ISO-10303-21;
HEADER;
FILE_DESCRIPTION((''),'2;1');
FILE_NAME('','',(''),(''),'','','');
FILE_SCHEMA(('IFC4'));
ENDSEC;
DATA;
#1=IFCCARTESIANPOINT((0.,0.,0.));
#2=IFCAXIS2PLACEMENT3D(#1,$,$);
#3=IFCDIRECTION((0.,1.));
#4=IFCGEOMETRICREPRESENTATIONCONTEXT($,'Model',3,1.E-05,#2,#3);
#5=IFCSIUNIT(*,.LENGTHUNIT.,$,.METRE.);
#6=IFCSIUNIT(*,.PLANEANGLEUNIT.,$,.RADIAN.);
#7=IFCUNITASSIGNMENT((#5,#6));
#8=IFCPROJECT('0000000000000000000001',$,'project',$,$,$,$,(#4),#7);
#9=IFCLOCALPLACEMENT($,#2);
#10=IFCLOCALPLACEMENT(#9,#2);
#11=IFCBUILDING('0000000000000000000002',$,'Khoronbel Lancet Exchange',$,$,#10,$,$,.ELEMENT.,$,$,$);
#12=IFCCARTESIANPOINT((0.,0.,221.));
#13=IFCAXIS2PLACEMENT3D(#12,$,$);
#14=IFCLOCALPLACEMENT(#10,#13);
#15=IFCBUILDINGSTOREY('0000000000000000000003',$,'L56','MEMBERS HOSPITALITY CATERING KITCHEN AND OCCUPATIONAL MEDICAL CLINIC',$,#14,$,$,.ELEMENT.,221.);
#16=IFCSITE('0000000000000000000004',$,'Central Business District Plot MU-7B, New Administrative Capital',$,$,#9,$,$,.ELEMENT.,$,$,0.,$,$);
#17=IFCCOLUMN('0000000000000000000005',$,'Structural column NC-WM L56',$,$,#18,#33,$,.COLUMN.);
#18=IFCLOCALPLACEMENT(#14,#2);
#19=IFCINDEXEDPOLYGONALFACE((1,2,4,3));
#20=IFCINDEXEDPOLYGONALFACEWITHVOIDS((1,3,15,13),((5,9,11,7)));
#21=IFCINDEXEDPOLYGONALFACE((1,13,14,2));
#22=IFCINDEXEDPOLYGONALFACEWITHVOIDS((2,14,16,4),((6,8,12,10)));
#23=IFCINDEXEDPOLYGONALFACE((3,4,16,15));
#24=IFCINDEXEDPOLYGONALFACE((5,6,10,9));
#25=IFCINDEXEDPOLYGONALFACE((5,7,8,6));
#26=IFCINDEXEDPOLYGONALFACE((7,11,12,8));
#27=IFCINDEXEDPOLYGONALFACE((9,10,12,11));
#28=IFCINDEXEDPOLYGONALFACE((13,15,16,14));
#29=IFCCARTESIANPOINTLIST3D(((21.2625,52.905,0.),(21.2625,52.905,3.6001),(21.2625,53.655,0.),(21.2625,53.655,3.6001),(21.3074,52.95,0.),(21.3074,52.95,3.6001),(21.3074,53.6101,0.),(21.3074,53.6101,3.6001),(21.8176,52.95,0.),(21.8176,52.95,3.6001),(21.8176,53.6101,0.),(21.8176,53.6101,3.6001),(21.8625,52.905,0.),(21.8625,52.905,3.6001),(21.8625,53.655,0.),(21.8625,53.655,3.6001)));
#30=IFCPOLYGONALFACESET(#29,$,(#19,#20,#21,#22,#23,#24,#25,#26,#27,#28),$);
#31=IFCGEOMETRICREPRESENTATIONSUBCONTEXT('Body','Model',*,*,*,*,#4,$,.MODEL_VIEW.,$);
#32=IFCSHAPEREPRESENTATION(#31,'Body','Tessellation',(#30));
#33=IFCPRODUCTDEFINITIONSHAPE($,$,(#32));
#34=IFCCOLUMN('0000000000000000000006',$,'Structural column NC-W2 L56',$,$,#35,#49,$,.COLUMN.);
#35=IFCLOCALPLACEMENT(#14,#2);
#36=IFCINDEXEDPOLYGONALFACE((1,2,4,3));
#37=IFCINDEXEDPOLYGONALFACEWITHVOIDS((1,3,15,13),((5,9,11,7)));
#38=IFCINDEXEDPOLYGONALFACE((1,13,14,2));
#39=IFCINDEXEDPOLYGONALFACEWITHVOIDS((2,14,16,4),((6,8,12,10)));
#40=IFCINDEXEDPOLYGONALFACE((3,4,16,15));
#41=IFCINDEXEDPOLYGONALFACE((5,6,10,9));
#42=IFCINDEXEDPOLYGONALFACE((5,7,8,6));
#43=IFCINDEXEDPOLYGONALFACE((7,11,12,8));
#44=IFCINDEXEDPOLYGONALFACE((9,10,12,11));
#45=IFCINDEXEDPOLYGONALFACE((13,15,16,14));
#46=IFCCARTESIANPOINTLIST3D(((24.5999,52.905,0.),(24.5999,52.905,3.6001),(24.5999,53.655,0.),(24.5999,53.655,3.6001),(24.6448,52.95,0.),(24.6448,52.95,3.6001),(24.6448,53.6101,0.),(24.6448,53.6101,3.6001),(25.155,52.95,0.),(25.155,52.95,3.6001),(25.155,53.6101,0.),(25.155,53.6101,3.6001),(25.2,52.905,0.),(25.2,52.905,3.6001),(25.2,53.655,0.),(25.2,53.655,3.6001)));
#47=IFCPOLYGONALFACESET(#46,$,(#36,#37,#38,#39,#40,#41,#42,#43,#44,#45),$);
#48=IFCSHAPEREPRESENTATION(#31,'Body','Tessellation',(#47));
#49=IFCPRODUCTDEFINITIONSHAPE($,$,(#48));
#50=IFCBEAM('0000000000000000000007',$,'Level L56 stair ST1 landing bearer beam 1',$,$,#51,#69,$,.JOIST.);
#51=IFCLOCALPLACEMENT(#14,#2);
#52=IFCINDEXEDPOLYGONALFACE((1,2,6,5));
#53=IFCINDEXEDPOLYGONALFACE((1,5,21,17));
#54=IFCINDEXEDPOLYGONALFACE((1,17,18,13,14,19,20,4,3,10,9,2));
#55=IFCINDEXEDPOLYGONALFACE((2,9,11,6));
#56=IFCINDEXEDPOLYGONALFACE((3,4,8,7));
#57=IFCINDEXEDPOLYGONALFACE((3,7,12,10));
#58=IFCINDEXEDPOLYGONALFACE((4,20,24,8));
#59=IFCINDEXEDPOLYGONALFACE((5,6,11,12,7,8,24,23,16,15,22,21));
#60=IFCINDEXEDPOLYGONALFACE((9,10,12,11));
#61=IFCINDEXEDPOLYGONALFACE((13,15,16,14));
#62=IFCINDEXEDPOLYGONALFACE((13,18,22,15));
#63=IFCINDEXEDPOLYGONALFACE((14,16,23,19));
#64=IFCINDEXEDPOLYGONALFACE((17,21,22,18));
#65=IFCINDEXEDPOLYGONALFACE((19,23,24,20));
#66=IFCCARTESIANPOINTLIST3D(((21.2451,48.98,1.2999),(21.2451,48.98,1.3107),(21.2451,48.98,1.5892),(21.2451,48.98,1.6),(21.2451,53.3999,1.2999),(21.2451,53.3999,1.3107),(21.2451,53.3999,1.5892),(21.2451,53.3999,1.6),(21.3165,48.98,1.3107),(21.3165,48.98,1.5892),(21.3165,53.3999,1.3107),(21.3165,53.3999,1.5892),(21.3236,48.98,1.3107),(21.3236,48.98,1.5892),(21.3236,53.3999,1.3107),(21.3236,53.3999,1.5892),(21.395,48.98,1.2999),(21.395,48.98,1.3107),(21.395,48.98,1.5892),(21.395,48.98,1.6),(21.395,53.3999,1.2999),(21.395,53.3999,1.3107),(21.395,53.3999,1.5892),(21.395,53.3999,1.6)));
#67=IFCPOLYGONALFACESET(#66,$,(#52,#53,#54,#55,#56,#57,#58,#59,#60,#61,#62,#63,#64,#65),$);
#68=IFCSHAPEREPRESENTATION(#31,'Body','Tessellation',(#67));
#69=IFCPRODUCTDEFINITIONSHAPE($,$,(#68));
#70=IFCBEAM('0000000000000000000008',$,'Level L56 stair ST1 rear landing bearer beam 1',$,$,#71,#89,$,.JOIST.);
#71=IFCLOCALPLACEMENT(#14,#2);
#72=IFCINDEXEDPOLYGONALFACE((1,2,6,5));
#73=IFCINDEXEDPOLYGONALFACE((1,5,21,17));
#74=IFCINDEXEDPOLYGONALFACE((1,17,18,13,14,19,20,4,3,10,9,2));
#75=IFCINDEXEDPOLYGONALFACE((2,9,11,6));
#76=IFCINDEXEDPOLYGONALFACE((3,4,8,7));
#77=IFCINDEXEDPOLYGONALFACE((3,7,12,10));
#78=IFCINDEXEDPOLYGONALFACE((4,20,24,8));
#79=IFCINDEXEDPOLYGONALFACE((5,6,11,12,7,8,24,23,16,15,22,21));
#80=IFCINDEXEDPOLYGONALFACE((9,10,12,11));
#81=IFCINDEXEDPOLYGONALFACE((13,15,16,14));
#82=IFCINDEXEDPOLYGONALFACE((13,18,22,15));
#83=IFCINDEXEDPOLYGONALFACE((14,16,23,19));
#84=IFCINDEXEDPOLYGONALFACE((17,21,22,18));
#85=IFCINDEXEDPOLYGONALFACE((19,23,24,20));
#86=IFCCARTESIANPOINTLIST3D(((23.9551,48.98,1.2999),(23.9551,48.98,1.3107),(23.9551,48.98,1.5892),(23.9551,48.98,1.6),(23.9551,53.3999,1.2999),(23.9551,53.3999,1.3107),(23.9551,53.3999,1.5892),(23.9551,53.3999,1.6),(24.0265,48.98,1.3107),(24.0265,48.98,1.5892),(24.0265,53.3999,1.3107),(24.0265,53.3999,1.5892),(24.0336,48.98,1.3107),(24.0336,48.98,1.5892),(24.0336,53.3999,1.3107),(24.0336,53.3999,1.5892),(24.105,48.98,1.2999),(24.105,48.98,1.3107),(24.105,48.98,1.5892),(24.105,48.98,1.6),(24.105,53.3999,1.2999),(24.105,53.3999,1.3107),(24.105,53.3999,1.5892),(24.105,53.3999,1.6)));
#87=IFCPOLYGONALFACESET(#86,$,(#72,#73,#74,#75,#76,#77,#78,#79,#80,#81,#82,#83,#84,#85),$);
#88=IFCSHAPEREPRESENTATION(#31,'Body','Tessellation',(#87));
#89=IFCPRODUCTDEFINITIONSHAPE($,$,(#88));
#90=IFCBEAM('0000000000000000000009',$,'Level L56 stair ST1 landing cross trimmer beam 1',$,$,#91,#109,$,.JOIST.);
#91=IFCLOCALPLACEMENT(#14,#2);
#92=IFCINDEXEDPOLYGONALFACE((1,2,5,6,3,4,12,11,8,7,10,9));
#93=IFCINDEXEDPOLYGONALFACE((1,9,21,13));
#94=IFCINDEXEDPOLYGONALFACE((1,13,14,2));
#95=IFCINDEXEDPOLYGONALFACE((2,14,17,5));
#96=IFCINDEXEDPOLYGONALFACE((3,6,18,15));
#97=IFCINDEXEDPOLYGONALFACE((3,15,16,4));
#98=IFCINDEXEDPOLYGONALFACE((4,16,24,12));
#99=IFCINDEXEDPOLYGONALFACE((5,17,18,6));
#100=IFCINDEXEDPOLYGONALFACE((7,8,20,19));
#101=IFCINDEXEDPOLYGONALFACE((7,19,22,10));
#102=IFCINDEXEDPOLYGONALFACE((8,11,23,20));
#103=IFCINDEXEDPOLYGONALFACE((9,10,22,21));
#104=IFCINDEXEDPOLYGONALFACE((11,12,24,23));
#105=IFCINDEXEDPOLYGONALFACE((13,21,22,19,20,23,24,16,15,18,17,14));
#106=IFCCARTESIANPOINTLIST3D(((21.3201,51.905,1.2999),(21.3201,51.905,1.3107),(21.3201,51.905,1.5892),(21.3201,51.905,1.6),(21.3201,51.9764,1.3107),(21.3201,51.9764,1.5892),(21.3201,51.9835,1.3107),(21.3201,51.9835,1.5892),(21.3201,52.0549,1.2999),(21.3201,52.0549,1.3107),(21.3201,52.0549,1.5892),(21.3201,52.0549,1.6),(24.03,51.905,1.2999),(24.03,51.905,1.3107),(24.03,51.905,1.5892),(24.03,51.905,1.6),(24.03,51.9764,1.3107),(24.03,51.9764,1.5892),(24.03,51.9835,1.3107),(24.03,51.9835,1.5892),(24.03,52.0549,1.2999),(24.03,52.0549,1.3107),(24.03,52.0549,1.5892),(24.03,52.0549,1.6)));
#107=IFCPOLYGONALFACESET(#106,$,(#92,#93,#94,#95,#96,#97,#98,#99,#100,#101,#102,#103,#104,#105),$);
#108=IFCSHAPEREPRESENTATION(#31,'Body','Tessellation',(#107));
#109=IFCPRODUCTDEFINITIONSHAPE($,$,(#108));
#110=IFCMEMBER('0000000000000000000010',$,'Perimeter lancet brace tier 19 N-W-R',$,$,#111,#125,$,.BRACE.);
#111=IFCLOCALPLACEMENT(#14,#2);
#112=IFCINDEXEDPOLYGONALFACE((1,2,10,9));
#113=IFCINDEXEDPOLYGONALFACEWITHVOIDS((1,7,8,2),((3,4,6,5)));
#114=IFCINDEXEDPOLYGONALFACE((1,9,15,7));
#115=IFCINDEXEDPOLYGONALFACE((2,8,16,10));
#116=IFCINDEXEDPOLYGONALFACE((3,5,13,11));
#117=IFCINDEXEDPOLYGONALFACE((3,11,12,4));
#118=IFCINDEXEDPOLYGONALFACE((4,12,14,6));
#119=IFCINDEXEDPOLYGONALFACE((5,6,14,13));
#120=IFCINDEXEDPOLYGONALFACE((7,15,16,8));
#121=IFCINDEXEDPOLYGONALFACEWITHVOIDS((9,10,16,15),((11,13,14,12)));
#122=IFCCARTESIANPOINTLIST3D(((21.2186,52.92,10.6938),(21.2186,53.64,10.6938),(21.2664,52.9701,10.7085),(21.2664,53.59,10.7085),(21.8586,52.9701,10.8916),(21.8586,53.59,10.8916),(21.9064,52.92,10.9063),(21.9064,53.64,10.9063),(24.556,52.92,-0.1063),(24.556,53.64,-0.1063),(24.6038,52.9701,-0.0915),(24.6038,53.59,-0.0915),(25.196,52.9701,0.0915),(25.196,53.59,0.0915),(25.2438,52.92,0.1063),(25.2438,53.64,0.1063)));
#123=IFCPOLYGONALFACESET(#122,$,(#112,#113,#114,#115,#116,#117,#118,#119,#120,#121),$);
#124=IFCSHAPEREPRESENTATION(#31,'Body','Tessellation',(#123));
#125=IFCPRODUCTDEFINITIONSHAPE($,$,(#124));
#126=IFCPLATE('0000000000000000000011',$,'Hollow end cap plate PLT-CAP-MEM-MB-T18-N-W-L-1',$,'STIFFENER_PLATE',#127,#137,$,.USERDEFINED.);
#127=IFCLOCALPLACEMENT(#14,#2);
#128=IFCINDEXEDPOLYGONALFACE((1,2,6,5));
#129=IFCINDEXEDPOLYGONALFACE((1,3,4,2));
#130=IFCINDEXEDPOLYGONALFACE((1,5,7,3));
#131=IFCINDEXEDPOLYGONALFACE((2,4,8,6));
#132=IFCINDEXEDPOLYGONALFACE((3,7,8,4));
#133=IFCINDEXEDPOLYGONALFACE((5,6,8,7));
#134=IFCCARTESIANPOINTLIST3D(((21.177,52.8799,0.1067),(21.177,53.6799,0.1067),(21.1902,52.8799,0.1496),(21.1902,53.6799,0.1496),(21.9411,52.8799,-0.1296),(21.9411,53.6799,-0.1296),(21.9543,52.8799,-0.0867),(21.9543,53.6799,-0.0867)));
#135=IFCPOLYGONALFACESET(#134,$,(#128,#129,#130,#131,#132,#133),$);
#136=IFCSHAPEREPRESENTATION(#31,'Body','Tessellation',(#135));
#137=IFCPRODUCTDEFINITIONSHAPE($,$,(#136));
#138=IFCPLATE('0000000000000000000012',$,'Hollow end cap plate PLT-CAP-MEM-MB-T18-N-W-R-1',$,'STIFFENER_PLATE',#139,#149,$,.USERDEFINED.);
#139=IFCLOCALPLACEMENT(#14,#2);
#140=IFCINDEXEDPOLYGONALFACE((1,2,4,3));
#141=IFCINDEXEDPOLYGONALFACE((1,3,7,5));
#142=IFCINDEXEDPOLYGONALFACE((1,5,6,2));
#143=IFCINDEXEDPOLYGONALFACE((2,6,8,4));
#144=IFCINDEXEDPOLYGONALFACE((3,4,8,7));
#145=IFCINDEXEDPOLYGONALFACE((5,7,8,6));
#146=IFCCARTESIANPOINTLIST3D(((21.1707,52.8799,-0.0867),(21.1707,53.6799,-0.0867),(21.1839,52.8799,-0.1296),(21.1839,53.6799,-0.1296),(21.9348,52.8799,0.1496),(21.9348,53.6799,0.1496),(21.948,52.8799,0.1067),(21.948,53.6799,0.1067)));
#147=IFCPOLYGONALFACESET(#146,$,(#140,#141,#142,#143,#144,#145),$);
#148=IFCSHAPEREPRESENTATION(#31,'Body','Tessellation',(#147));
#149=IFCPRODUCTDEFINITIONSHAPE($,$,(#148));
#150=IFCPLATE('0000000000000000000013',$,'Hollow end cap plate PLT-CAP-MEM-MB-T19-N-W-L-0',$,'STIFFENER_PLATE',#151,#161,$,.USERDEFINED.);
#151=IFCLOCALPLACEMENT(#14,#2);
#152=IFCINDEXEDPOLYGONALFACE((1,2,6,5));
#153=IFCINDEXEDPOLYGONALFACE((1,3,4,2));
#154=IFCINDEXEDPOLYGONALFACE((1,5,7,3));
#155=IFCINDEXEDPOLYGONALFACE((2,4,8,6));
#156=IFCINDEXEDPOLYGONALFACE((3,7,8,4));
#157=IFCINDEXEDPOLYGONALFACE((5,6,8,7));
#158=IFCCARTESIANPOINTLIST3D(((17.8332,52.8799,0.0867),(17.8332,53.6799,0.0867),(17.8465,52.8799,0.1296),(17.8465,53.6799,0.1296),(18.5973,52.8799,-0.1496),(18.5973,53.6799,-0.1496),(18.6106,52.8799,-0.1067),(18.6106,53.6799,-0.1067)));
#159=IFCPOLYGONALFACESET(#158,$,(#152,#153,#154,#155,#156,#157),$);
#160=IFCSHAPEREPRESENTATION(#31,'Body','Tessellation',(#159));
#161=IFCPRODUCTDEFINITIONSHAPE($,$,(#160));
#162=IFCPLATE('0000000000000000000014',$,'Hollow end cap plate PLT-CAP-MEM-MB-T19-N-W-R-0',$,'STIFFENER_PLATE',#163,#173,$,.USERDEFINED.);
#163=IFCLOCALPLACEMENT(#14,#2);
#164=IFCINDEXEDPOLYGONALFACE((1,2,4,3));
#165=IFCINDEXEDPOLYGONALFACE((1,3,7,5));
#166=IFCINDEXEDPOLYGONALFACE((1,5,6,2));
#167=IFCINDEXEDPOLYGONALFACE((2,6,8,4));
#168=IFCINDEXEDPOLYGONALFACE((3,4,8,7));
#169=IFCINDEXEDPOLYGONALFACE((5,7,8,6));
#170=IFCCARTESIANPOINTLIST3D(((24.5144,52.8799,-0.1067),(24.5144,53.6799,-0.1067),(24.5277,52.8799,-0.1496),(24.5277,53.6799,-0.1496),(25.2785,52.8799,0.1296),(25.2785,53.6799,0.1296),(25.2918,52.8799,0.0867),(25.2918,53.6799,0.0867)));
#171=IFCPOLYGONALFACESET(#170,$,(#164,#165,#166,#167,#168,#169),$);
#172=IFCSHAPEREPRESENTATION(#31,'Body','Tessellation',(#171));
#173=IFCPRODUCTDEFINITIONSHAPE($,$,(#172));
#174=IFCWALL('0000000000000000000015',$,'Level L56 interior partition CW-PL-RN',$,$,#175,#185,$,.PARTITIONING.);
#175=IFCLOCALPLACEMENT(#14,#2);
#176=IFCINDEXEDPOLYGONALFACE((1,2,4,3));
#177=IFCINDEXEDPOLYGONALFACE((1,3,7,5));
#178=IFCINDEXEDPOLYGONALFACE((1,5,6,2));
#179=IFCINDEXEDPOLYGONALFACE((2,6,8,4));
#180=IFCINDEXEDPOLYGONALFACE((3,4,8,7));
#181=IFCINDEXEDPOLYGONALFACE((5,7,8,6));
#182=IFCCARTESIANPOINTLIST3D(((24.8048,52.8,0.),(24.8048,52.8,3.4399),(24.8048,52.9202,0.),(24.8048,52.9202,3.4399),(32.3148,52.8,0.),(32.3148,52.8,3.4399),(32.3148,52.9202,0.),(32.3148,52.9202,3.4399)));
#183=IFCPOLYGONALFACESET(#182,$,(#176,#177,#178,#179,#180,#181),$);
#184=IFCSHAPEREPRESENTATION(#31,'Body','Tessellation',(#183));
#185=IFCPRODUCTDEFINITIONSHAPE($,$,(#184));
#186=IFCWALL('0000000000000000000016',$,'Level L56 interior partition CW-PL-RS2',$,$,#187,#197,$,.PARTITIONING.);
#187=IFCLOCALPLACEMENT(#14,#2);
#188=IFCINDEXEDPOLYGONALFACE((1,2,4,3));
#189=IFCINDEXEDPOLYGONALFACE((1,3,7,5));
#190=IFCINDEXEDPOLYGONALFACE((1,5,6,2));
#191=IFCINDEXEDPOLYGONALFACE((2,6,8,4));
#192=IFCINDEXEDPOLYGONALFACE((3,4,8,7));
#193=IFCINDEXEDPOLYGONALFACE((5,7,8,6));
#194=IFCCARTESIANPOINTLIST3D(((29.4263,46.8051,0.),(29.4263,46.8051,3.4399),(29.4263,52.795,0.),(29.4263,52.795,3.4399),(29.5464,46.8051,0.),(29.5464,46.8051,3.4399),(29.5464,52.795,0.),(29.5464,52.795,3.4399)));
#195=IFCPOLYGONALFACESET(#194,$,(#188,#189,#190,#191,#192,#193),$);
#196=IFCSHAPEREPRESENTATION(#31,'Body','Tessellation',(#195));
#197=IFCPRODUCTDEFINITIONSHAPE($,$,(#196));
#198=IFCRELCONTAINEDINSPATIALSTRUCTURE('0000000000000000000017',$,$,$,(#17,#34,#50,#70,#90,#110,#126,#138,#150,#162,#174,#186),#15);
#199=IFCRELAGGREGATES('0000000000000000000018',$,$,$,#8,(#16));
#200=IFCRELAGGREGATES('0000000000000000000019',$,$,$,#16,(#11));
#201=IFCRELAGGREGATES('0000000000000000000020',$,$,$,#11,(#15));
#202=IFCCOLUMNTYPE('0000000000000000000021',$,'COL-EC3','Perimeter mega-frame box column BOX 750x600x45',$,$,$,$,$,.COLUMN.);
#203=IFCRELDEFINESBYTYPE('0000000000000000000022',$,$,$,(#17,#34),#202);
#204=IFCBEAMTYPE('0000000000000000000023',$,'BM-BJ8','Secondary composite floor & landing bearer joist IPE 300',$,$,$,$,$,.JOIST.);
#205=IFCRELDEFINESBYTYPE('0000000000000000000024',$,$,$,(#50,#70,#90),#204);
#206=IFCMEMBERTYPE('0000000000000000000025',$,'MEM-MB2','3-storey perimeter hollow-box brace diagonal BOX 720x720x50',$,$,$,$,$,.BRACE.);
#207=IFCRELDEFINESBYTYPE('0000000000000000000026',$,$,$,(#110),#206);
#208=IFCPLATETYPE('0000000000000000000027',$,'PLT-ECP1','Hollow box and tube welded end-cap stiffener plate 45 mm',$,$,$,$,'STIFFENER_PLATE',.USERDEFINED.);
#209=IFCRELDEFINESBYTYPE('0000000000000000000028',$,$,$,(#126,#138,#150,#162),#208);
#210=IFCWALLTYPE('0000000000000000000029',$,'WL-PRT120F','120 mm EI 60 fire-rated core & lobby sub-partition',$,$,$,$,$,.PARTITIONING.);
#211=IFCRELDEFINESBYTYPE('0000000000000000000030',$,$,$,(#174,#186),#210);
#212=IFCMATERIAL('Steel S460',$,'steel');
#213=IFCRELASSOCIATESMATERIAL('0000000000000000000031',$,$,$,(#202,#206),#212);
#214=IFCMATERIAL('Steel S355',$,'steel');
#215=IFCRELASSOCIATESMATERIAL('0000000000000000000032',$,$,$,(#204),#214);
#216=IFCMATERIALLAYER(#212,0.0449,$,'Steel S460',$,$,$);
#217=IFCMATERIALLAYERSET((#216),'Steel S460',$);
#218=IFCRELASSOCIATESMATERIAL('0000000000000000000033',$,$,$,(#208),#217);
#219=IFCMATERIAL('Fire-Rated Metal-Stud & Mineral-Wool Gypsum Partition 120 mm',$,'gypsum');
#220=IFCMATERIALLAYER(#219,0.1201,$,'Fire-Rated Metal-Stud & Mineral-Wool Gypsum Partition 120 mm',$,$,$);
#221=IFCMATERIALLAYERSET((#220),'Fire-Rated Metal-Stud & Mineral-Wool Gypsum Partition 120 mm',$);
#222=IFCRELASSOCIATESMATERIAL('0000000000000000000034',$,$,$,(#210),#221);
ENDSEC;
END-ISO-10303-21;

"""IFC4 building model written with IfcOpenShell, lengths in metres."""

from ifc_helpers import new_model, si_unit, direction, frame, frame_2d, origin, origin_2d, place, context, subcontext, project, spatial, polyline, rectangle, hollow_rectangle, i_section, outline, extrude, material, layer, layer_set, material_profile, profile_set, type_object, element, save


model = new_model("IFC4")

# Units and contexts
model_context = context("Model", 3, precision=1e-05, world=origin(), true_north=direction((0.0, 1.0)))
body_context = subcontext(model_context, "Body", "Model", "MODEL_VIEW")
ifc_project = project(units=[si_unit("LENGTHUNIT", "METRE"), si_unit("PLANEANGLEUNIT", "RADIAN")], contexts=[model_context])

# Site, building, storey
site_placement = place(None, origin())
site = spatial("IfcSite", under=ifc_project, at=site_placement, Name="Central Business District Plot MU-7B, New Administrative Capital", CompositionType="ELEMENT", RefElevation=0.0)
building_placement = place(site_placement, origin())
building = spatial("IfcBuilding", under=site, at=building_placement, Name="Khoronbel Lancet Exchange", CompositionType="ELEMENT")
storey_placement = place(building_placement, frame((0.0, 0.0, 221.0)))
storey = spatial("IfcBuildingStorey", under=building, at=storey_placement, Name="L56", Description="MEMBERS HOSPITALITY CATERING KITCHEN AND OCCUPATIONAL MEDICAL CLINIC", CompositionType="ELEMENT", Elevation=221.0)

# Columns
ifc_material_1 = material(Name="Steel S460", Category="steel")
ifc_material_profile_1 = material_profile(ifc_material_1, hollow_rectangle(XDim=0.6001, YDim=0.75, WallThickness=0.0449, at=origin_2d()), Name="BOX 750x600x45")
ifc_profile_set_1 = profile_set([ifc_material_profile_1], Name="Steel S460")
column_type = type_object("IfcColumnType", Name="COL-EC3", Description="Perimeter mega-frame box column BOX 750x600x45", PredefinedType="COLUMN", material=ifc_profile_set_1)
for number, where, z_axis, x_axis, name in (
    (1, (21.5625, 53.28, 0.0), (0.0, 0.0, 1.0), (1.0, 0.0, 0.0), "Structural column NC-WM L56"),
    (2, (24.8999, 53.28, 0.0), (0.0, 0.0, 1.0), (1.0, 0.0, 0.0), "Structural column NC-W2 L56"),
):
    element("IfcColumn", number, at=place(storey_placement, frame(where, z_axis=z_axis, x_axis=x_axis)), inside=storey, type_object=column_type, Name=name, PredefinedType="COLUMN", context=body_context, shape_type="SweptSolid", body=[
        extrude(hollow_rectangle(XDim=0.6001, YDim=0.75, WallThickness=0.0449, at=origin_2d()), origin(), (0.0, 0.0, 1.0), 3.6001),
    ])

# Beams
ifc_material_2 = material(Name="Steel S355", Category="steel")
ifc_material_profile_2 = material_profile(ifc_material_2, i_section(OverallWidth=0.1499, OverallDepth=0.3, WebThickness=0.0071, FlangeThickness=0.0107, at=origin_2d()), Name="IPE 300")
ifc_profile_set_2 = profile_set([ifc_material_profile_2], Name="Steel S355")
beam_type = type_object("IfcBeamType", Name="BM-BJ8", Description="Secondary composite floor & landing bearer joist IPE 300", PredefinedType="JOIST", material=ifc_profile_set_2)
for number, where, z_axis, x_axis, name in (
    (3, (21.3201, 48.98, 1.45), (0.0, 1.0, 0.0), (-1.0, 0.0, 0.0), "Level L56 stair ST1 landing bearer beam 1"),
    (4, (24.03, 48.98, 1.45), (0.0, 1.0, 0.0), (-1.0, 0.0, 0.0), "Level L56 stair ST1 rear landing bearer beam 1"),
):
    element("IfcBeam", number, at=place(storey_placement, frame(where, z_axis=z_axis, x_axis=x_axis)), inside=storey, type_object=beam_type, Name=name, PredefinedType="JOIST", context=body_context, shape_type="SweptSolid", body=[
        extrude(i_section(OverallWidth=0.1499, OverallDepth=0.3, WebThickness=0.0071, FlangeThickness=0.0107, at=origin_2d()), origin(), (0.0, 0.0, 1.0), 4.4199),
    ])
beam_placement = place(storey_placement, frame((21.3201, 51.98, 1.45), z_axis=(1.0, 0.0, 0.0), x_axis=(0.0, 1.0, 0.0)))
element("IfcBeam", 5, at=beam_placement, inside=storey, type_object=beam_type, Name="Level L56 stair ST1 landing cross trimmer beam 1", PredefinedType="JOIST", context=body_context, shape_type="SweptSolid", body=[
    extrude(i_section(OverallWidth=0.1499, OverallDepth=0.3, WebThickness=0.0071, FlangeThickness=0.0107, at=origin_2d()), origin(), (0.0, 0.0, 1.0), 2.71),
])

# Member
ifc_material_profile_3 = material_profile(ifc_material_1, hollow_rectangle(XDim=0.72, YDim=0.72, WallThickness=0.05, at=origin_2d()), Name="BOX 720x720x50")
ifc_profile_set_3 = profile_set([ifc_material_profile_3], Name="Steel S460")
member_type = type_object("IfcMemberType", Name="MEM-MB2", Description="3-storey perimeter hollow-box brace diagonal BOX 720x720x50", PredefinedType="BRACE", material=ifc_profile_set_3)
member_placement = place(storey_placement, frame((24.8999, 53.28, 0.0), z_axis=(-0.295242, 0.0, 0.955422), x_axis=(0.0, -1.0, 0.0)))
element("IfcMember", 6, at=member_placement, inside=storey, type_object=member_type, Name="Perimeter lancet brace tier 19 N-W-R", PredefinedType="BRACE", context=body_context, shape_type="SweptSolid", body=[
    extrude(hollow_rectangle(XDim=0.72, YDim=0.72, WallThickness=0.05, at=origin_2d()), origin(), (0.0, 0.0, 1.0), 11.304),
])

# Plates
ifc_layer_1 = layer(ifc_material_1, 0.0449, Name="Steel S460")
ifc_layer_set_1 = layer_set([ifc_layer_1], Name="Steel S460")
plate_type = type_object("IfcPlateType", Name="PLT-ECP1", Description="Hollow box and tube welded end-cap stiffener plate 45 mm", ElementType="STIFFENER_PLATE", PredefinedType="USERDEFINED", material=ifc_layer_set_1)
for number, where, z_axis, x_axis, name in (
    (7, (21.9543, 52.8799, -0.0867), (0.295458, 0.0, 0.955356), (0.0, 1.0, 0.0), "Hollow end cap plate PLT-CAP-MEM-MB-T18-N-W-L-1"),
    (8, (21.1707, 53.6799, -0.0867), (-0.295458, 0.0, 0.955356), (0.0, -1.0, 0.0), "Hollow end cap plate PLT-CAP-MEM-MB-T18-N-W-R-1"),
    (9, (18.6106, 52.8799, -0.1067), (0.295458, 0.0, 0.955356), (0.0, 1.0, 0.0), "Hollow end cap plate PLT-CAP-MEM-MB-T19-N-W-L-0"),
    (10, (24.5144, 53.6799, -0.1067), (-0.295458, 0.0, 0.955356), (0.0, -1.0, 0.0), "Hollow end cap plate PLT-CAP-MEM-MB-T19-N-W-R-0"),
):
    element("IfcPlate", number, at=place(storey_placement, frame(where, z_axis=z_axis, x_axis=x_axis)), inside=storey, type_object=plate_type, Name=name, ObjectType="STIFFENER_PLATE", PredefinedType="USERDEFINED", context=body_context, shape_type="SweptSolid", body=[
        extrude(outline(polyline([(0.0, 0.0), (0.8, 0.0), (0.8, 0.7998), (0.0, 0.7998), (0.0, 0.0)])), origin(), (0.0, 0.0, -1.0), 0.0449),
    ])

# Walls
ifc_material_3 = material(Name="Fire-Rated Metal-Stud & Mineral-Wool Gypsum Partition 120 mm", Category="gypsum")
ifc_layer_2 = layer(ifc_material_3, 0.1201, Name="Fire-Rated Metal-Stud & Mineral-Wool Gypsum Partition 120 mm")
ifc_layer_set_2 = layer_set([ifc_layer_2], Name="Fire-Rated Metal-Stud & Mineral-Wool Gypsum Partition 120 mm")
wall_type_1 = type_object("IfcWallType", Name="WL-PRT120F", Description="120 mm EI 60 fire-rated core & lobby sub-partition", PredefinedType="PARTITIONING", material=ifc_layer_set_2)
wall_1_placement = place(storey_placement, frame((24.8049, 52.8601, 0.0), z_axis=(0.0, 0.0, 1.0), x_axis=(1.0, 0.0, 0.0)))
element("IfcWall", 11, at=wall_1_placement, inside=storey, type_object=wall_type_1, Name="Level L56 interior partition CW-PL-RN", PredefinedType="PARTITIONING", context=body_context, shape_type="SweptSolid", body=[
    extrude(rectangle(XDim=7.51, YDim=0.1201, at=frame_2d((3.7549, 0.0))), origin(), (0.0, 0.0, 1.0), 3.4399),
])
wall_2_placement = place(storey_placement, frame((29.4863, 46.8049, 0.0), z_axis=(0.0, 0.0, 1.0), x_axis=(0.0, 1.0, 0.0)))
element("IfcWall", 12, at=wall_2_placement, inside=storey, type_object=wall_type_1, Name="Level L56 interior partition CW-PL-RS2", PredefinedType="PARTITIONING", context=body_context, shape_type="SweptSolid", body=[
    extrude(rectangle(XDim=5.99, YDim=0.1201, at=frame_2d((2.9951, 0.0))), origin(), (0.0, 0.0, 1.0), 3.4399),
])

save(model, "model.ifc")
